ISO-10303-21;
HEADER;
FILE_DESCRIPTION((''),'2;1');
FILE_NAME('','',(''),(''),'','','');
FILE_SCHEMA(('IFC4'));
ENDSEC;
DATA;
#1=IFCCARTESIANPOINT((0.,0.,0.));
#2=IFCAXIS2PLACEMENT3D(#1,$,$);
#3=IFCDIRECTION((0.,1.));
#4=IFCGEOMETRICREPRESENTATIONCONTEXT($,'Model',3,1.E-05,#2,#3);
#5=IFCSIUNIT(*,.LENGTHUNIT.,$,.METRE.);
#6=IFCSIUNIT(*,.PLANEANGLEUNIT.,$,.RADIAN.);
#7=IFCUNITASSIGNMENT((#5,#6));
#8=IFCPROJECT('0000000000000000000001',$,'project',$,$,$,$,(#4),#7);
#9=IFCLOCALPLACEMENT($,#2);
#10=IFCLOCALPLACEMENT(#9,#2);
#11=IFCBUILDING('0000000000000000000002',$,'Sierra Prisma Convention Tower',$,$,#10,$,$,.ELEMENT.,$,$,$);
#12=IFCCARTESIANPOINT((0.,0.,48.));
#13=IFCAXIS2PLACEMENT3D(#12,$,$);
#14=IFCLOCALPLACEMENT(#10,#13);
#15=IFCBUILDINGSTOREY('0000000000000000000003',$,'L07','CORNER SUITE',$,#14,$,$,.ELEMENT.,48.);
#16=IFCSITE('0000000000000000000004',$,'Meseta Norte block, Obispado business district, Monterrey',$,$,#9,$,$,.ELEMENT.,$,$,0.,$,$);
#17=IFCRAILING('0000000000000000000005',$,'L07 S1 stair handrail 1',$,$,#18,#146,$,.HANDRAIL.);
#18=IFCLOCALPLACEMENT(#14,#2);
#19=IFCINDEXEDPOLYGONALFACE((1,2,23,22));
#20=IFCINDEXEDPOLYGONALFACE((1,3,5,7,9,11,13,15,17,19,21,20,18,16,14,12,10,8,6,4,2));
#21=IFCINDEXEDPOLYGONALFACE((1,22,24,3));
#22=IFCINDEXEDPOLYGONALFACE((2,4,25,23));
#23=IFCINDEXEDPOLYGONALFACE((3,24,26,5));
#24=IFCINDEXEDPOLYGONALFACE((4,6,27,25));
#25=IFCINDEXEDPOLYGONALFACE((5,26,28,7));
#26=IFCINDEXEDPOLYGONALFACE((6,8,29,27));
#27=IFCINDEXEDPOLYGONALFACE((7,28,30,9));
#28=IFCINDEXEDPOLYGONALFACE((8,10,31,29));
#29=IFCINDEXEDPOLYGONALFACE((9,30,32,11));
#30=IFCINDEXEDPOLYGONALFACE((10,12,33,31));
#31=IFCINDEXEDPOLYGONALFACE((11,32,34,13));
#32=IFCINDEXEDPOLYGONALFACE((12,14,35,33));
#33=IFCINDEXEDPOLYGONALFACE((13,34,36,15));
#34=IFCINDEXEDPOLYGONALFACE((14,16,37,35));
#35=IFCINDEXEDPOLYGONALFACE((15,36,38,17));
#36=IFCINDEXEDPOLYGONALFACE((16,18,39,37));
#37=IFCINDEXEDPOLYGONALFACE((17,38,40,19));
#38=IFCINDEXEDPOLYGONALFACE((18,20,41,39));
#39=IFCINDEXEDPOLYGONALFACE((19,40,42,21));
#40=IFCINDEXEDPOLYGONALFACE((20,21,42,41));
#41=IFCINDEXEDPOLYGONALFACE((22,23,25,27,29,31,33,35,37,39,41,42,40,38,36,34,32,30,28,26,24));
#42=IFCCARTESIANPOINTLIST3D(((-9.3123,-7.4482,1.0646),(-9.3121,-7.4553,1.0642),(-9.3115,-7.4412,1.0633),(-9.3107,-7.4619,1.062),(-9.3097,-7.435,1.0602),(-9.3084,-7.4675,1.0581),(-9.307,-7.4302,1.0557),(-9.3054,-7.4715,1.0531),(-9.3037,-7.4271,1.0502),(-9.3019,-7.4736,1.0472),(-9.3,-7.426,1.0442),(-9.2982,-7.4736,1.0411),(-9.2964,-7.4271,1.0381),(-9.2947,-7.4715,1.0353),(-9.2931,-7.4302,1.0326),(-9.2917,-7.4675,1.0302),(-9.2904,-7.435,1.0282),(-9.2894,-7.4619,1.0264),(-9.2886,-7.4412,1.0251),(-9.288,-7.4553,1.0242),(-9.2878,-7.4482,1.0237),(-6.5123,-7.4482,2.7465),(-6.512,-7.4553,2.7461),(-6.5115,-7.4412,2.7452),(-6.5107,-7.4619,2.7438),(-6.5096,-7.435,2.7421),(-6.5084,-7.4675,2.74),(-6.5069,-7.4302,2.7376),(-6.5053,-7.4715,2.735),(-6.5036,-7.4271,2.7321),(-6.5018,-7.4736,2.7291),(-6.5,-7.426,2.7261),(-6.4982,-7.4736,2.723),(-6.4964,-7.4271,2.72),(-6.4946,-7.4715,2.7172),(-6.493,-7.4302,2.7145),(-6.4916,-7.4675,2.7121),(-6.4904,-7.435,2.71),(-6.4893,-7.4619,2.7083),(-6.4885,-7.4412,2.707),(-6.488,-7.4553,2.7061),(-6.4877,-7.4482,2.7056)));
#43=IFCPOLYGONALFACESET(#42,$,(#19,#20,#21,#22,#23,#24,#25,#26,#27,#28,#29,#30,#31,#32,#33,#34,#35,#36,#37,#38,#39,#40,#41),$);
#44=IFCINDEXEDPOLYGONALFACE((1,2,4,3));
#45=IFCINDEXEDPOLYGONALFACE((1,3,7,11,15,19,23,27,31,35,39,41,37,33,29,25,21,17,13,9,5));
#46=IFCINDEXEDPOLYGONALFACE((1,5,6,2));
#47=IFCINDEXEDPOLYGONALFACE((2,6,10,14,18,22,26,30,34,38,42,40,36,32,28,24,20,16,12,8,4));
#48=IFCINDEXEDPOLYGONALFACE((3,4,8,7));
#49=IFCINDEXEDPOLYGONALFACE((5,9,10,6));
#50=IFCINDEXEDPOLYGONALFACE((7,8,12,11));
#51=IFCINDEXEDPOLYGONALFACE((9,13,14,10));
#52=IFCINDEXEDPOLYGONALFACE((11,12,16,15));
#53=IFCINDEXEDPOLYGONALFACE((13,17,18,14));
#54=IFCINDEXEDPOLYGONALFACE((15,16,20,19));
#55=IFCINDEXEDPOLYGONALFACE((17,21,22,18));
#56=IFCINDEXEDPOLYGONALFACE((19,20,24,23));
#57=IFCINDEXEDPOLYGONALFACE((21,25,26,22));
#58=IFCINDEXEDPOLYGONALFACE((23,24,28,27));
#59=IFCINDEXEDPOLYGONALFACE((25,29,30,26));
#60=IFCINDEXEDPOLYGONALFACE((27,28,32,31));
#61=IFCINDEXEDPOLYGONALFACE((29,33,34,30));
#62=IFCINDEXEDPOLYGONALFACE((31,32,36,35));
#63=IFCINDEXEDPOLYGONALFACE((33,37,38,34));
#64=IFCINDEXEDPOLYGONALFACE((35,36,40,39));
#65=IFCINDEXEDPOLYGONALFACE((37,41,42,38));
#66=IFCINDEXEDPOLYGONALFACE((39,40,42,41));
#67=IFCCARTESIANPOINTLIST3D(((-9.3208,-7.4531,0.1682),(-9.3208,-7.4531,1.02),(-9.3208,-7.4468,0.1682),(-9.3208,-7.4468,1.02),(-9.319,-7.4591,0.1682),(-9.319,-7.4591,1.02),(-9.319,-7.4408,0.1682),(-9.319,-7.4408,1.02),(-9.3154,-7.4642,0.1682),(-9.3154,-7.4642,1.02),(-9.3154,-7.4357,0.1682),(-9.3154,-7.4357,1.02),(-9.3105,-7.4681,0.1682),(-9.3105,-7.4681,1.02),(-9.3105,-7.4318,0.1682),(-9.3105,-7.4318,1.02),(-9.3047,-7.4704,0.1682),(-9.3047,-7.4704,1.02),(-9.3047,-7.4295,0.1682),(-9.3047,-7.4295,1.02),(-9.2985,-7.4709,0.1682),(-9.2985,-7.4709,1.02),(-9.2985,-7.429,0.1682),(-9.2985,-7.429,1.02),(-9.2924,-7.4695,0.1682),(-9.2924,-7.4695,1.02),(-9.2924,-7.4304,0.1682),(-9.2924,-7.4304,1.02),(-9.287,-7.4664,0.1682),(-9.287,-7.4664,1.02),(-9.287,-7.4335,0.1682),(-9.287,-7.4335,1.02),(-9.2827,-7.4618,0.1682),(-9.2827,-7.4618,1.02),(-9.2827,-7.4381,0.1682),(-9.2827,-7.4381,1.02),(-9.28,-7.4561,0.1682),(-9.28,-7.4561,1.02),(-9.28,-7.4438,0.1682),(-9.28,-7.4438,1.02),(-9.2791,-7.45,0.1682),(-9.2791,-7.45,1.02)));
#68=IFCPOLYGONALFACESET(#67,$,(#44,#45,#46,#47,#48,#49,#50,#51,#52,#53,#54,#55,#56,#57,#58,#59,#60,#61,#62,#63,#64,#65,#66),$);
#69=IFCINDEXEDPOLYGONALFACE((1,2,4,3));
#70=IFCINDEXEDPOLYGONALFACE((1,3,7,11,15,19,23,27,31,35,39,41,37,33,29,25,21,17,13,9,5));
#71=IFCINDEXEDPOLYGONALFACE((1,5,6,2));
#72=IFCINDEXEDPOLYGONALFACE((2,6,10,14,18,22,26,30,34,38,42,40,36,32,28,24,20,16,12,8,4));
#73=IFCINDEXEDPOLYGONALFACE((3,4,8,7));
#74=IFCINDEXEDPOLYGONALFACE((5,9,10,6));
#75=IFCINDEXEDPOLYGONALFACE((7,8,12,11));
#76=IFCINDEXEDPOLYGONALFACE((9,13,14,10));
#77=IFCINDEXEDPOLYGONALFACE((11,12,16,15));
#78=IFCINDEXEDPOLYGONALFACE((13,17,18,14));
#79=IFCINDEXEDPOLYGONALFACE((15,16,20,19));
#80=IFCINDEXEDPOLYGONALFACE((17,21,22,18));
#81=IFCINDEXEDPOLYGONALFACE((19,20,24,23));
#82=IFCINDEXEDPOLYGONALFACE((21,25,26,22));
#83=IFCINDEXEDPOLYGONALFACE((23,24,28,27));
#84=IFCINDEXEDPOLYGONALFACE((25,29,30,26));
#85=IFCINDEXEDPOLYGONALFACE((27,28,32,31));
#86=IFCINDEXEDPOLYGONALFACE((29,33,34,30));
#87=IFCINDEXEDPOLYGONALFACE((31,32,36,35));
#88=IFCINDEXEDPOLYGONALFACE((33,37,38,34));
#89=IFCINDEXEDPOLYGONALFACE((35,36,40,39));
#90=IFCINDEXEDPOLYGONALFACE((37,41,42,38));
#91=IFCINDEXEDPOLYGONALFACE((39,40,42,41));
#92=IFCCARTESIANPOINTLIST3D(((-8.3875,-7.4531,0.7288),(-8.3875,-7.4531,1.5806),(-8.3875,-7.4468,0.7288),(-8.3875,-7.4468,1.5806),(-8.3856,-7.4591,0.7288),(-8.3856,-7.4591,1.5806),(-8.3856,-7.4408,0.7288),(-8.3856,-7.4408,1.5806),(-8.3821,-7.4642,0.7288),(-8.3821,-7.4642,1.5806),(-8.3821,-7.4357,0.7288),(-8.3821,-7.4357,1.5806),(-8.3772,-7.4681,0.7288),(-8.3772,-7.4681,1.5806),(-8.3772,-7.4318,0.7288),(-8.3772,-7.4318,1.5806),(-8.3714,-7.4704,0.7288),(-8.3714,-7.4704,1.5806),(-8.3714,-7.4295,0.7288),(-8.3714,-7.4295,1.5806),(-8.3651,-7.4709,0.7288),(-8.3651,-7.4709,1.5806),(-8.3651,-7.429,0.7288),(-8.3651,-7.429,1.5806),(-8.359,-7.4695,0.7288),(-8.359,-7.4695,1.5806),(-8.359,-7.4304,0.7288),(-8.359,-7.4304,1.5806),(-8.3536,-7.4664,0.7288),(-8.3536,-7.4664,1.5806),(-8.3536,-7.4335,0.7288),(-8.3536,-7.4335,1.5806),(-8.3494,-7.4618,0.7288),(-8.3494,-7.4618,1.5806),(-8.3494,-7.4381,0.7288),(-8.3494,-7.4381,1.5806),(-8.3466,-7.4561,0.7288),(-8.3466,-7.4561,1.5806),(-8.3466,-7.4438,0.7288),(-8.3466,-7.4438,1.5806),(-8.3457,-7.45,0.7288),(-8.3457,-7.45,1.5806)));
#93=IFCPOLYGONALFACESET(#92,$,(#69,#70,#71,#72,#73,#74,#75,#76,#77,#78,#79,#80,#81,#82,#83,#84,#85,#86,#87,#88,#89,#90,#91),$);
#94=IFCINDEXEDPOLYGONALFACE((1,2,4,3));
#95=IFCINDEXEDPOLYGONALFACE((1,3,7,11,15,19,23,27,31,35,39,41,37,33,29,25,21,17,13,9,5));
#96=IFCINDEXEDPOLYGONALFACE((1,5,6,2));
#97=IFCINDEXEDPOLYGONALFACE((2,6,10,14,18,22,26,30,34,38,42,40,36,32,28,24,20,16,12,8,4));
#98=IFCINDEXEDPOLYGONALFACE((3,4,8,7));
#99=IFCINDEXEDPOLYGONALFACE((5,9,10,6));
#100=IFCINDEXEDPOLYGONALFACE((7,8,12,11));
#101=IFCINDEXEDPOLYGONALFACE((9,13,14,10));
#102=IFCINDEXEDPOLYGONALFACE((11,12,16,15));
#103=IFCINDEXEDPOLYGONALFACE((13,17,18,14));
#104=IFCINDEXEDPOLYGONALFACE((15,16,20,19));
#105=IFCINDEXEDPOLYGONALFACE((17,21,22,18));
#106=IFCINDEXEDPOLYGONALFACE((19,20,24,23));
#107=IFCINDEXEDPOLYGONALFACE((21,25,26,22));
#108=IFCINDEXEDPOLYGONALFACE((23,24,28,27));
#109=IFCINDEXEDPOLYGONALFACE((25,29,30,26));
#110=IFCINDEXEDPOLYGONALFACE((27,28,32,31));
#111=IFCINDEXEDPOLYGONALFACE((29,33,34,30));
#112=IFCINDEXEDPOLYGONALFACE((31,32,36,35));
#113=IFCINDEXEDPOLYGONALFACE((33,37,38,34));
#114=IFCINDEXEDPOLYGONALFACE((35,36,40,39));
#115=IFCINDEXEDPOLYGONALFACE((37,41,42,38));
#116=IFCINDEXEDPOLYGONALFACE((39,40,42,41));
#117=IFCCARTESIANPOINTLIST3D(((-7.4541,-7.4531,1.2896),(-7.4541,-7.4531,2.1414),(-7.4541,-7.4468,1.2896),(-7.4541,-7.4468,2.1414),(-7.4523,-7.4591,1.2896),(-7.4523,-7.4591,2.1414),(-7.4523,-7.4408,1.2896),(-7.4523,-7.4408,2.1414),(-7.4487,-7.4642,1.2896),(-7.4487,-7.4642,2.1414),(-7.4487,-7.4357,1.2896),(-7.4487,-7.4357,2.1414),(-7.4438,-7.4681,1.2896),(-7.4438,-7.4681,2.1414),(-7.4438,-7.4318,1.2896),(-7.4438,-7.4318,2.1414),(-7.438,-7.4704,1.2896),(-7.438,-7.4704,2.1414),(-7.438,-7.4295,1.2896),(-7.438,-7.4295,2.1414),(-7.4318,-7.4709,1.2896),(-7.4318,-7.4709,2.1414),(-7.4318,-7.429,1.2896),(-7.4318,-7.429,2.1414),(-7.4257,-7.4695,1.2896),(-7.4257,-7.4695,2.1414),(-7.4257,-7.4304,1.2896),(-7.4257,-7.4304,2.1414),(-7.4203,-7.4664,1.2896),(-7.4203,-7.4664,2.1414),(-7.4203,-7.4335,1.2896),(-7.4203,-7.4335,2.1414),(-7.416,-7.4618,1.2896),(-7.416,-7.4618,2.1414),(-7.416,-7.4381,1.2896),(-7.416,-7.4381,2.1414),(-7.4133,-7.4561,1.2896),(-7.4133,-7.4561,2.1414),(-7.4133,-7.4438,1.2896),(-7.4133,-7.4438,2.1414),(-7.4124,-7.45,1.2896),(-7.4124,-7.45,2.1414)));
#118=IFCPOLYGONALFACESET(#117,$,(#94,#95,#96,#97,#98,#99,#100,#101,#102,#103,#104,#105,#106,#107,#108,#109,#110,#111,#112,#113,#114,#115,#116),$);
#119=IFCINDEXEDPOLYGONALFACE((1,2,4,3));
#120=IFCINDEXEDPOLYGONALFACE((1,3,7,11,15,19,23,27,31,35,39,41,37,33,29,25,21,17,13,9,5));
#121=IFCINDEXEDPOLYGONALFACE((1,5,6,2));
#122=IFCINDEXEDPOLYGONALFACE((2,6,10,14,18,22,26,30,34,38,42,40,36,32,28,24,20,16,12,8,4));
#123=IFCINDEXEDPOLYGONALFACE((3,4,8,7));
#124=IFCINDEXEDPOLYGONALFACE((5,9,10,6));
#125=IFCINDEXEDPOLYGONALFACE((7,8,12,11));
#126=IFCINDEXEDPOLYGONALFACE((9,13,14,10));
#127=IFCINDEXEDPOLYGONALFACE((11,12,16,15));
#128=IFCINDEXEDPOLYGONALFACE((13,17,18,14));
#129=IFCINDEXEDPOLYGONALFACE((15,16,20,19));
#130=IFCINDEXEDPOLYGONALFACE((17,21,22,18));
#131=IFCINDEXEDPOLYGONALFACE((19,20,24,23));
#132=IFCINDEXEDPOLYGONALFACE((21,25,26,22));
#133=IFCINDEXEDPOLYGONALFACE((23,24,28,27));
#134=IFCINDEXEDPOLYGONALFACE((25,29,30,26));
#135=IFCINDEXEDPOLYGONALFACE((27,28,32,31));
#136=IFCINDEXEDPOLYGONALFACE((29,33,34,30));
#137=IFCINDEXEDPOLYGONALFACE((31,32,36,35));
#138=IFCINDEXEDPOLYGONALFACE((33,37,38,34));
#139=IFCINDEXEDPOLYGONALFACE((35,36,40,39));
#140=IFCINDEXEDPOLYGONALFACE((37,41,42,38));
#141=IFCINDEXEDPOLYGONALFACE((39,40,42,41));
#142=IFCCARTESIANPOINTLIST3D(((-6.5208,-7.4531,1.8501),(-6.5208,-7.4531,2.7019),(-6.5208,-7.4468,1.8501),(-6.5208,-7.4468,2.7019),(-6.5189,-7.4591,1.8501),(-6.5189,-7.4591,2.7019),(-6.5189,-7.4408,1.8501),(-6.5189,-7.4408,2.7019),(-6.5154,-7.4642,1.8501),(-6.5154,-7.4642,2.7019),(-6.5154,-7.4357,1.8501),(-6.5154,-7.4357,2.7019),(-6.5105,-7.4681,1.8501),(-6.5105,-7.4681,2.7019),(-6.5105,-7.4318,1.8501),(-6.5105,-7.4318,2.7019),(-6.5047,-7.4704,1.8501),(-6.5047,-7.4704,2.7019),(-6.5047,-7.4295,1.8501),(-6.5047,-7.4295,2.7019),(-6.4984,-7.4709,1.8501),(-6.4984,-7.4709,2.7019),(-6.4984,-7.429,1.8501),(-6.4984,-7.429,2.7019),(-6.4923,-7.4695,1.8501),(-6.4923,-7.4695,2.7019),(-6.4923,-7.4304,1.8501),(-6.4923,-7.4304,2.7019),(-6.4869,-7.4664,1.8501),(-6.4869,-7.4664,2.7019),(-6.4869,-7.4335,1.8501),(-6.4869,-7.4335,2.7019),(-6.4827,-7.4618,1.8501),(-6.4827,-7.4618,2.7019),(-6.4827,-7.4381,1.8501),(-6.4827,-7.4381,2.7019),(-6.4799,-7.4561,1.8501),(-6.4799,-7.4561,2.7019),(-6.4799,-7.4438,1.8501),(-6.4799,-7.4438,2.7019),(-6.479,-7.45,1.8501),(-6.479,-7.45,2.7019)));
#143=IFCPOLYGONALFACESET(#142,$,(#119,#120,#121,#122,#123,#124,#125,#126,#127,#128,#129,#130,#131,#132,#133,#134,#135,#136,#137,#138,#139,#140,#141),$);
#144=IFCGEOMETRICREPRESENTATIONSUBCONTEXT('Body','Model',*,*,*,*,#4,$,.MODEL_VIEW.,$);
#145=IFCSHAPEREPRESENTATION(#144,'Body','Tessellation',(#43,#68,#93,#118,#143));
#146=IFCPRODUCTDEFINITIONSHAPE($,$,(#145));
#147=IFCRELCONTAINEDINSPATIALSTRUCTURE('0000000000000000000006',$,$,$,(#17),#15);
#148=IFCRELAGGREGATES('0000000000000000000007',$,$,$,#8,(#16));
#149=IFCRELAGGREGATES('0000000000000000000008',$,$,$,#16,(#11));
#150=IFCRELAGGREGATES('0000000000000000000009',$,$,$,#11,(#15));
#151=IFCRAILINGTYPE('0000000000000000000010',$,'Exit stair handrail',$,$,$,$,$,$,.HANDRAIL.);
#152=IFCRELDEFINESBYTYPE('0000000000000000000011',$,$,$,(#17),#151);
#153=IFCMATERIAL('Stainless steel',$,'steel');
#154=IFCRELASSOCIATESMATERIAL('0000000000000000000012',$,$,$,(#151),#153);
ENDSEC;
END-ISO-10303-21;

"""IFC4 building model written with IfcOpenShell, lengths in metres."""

from ifc_helpers import new_model, si_unit, direction, frame, origin, origin_2d, place, context, subcontext, project, spatial, circle, extrude, material, type_object, element, save


model = new_model("IFC4")

# Units and contexts
model_context = context("Model", 3, precision=1e-05, world=origin(), true_north=direction((0.0, 1.0)))
body_context = subcontext(model_context, "Body", "Model", "MODEL_VIEW")
ifc_project = project(units=[si_unit("LENGTHUNIT", "METRE"), si_unit("PLANEANGLEUNIT", "RADIAN")], contexts=[model_context])

# Site, building, storey
site_placement = place(None, origin())
site = spatial("IfcSite", under=ifc_project, at=site_placement, Name="Meseta Norte block, Obispado business district, Monterrey", CompositionType="ELEMENT", RefElevation=0.0)
building_placement = place(site_placement, origin())
building = spatial("IfcBuilding", under=site, at=building_placement, Name="Sierra Prisma Convention Tower", CompositionType="ELEMENT")
storey_placement = place(building_placement, frame((0.0, 0.0, 48.0)))
storey = spatial("IfcBuildingStorey", under=building, at=storey_placement, Name="L07", Description="CORNER SUITE", CompositionType="ELEMENT", Elevation=48.0)

# Railing
ifc_material_1 = material(Name="Stainless steel", Category="steel")
railing_type_1 = type_object("IfcRailingType", Name="Exit stair handrail", PredefinedType="HANDRAIL", material=ifc_material_1)
railing_1_placement = place(storey_placement, frame((-9.3, -7.45, 0.1682)))
element("IfcRailing", 1, at=railing_1_placement, inside=storey, type_object=railing_type_1, Name="L07 S1 stair handrail 1", PredefinedType="HANDRAIL", context=body_context, shape_type="SweptSolid", body=[
    extrude(circle(Radius=0.0239, at=origin_2d()), frame((0.0, 0.0, 0.876), z_axis=(0.857242, 0.0, 0.514913), x_axis=(0.0, 1.0, 0.0)), (0.0, 0.0, 1.0), 3.2664),
    extrude(circle(Radius=0.021, at=origin_2d()), origin(), (0.0, 0.0, 1.0), 0.8518),
    extrude(circle(Radius=0.021, at=origin_2d()), frame((0.9333, 0.0, 0.5605)), (0.0, 0.0, 1.0), 0.8518),
    extrude(circle(Radius=0.021, at=origin_2d()), frame((1.8667, 0.0, 1.1213)), (0.0, 0.0, 1.0), 0.8518),
    extrude(circle(Radius=0.021, at=origin_2d()), frame((2.8, 0.0, 1.6819)), (0.0, 0.0, 1.0), 0.8518),
])

save(model, "model.ifc")
